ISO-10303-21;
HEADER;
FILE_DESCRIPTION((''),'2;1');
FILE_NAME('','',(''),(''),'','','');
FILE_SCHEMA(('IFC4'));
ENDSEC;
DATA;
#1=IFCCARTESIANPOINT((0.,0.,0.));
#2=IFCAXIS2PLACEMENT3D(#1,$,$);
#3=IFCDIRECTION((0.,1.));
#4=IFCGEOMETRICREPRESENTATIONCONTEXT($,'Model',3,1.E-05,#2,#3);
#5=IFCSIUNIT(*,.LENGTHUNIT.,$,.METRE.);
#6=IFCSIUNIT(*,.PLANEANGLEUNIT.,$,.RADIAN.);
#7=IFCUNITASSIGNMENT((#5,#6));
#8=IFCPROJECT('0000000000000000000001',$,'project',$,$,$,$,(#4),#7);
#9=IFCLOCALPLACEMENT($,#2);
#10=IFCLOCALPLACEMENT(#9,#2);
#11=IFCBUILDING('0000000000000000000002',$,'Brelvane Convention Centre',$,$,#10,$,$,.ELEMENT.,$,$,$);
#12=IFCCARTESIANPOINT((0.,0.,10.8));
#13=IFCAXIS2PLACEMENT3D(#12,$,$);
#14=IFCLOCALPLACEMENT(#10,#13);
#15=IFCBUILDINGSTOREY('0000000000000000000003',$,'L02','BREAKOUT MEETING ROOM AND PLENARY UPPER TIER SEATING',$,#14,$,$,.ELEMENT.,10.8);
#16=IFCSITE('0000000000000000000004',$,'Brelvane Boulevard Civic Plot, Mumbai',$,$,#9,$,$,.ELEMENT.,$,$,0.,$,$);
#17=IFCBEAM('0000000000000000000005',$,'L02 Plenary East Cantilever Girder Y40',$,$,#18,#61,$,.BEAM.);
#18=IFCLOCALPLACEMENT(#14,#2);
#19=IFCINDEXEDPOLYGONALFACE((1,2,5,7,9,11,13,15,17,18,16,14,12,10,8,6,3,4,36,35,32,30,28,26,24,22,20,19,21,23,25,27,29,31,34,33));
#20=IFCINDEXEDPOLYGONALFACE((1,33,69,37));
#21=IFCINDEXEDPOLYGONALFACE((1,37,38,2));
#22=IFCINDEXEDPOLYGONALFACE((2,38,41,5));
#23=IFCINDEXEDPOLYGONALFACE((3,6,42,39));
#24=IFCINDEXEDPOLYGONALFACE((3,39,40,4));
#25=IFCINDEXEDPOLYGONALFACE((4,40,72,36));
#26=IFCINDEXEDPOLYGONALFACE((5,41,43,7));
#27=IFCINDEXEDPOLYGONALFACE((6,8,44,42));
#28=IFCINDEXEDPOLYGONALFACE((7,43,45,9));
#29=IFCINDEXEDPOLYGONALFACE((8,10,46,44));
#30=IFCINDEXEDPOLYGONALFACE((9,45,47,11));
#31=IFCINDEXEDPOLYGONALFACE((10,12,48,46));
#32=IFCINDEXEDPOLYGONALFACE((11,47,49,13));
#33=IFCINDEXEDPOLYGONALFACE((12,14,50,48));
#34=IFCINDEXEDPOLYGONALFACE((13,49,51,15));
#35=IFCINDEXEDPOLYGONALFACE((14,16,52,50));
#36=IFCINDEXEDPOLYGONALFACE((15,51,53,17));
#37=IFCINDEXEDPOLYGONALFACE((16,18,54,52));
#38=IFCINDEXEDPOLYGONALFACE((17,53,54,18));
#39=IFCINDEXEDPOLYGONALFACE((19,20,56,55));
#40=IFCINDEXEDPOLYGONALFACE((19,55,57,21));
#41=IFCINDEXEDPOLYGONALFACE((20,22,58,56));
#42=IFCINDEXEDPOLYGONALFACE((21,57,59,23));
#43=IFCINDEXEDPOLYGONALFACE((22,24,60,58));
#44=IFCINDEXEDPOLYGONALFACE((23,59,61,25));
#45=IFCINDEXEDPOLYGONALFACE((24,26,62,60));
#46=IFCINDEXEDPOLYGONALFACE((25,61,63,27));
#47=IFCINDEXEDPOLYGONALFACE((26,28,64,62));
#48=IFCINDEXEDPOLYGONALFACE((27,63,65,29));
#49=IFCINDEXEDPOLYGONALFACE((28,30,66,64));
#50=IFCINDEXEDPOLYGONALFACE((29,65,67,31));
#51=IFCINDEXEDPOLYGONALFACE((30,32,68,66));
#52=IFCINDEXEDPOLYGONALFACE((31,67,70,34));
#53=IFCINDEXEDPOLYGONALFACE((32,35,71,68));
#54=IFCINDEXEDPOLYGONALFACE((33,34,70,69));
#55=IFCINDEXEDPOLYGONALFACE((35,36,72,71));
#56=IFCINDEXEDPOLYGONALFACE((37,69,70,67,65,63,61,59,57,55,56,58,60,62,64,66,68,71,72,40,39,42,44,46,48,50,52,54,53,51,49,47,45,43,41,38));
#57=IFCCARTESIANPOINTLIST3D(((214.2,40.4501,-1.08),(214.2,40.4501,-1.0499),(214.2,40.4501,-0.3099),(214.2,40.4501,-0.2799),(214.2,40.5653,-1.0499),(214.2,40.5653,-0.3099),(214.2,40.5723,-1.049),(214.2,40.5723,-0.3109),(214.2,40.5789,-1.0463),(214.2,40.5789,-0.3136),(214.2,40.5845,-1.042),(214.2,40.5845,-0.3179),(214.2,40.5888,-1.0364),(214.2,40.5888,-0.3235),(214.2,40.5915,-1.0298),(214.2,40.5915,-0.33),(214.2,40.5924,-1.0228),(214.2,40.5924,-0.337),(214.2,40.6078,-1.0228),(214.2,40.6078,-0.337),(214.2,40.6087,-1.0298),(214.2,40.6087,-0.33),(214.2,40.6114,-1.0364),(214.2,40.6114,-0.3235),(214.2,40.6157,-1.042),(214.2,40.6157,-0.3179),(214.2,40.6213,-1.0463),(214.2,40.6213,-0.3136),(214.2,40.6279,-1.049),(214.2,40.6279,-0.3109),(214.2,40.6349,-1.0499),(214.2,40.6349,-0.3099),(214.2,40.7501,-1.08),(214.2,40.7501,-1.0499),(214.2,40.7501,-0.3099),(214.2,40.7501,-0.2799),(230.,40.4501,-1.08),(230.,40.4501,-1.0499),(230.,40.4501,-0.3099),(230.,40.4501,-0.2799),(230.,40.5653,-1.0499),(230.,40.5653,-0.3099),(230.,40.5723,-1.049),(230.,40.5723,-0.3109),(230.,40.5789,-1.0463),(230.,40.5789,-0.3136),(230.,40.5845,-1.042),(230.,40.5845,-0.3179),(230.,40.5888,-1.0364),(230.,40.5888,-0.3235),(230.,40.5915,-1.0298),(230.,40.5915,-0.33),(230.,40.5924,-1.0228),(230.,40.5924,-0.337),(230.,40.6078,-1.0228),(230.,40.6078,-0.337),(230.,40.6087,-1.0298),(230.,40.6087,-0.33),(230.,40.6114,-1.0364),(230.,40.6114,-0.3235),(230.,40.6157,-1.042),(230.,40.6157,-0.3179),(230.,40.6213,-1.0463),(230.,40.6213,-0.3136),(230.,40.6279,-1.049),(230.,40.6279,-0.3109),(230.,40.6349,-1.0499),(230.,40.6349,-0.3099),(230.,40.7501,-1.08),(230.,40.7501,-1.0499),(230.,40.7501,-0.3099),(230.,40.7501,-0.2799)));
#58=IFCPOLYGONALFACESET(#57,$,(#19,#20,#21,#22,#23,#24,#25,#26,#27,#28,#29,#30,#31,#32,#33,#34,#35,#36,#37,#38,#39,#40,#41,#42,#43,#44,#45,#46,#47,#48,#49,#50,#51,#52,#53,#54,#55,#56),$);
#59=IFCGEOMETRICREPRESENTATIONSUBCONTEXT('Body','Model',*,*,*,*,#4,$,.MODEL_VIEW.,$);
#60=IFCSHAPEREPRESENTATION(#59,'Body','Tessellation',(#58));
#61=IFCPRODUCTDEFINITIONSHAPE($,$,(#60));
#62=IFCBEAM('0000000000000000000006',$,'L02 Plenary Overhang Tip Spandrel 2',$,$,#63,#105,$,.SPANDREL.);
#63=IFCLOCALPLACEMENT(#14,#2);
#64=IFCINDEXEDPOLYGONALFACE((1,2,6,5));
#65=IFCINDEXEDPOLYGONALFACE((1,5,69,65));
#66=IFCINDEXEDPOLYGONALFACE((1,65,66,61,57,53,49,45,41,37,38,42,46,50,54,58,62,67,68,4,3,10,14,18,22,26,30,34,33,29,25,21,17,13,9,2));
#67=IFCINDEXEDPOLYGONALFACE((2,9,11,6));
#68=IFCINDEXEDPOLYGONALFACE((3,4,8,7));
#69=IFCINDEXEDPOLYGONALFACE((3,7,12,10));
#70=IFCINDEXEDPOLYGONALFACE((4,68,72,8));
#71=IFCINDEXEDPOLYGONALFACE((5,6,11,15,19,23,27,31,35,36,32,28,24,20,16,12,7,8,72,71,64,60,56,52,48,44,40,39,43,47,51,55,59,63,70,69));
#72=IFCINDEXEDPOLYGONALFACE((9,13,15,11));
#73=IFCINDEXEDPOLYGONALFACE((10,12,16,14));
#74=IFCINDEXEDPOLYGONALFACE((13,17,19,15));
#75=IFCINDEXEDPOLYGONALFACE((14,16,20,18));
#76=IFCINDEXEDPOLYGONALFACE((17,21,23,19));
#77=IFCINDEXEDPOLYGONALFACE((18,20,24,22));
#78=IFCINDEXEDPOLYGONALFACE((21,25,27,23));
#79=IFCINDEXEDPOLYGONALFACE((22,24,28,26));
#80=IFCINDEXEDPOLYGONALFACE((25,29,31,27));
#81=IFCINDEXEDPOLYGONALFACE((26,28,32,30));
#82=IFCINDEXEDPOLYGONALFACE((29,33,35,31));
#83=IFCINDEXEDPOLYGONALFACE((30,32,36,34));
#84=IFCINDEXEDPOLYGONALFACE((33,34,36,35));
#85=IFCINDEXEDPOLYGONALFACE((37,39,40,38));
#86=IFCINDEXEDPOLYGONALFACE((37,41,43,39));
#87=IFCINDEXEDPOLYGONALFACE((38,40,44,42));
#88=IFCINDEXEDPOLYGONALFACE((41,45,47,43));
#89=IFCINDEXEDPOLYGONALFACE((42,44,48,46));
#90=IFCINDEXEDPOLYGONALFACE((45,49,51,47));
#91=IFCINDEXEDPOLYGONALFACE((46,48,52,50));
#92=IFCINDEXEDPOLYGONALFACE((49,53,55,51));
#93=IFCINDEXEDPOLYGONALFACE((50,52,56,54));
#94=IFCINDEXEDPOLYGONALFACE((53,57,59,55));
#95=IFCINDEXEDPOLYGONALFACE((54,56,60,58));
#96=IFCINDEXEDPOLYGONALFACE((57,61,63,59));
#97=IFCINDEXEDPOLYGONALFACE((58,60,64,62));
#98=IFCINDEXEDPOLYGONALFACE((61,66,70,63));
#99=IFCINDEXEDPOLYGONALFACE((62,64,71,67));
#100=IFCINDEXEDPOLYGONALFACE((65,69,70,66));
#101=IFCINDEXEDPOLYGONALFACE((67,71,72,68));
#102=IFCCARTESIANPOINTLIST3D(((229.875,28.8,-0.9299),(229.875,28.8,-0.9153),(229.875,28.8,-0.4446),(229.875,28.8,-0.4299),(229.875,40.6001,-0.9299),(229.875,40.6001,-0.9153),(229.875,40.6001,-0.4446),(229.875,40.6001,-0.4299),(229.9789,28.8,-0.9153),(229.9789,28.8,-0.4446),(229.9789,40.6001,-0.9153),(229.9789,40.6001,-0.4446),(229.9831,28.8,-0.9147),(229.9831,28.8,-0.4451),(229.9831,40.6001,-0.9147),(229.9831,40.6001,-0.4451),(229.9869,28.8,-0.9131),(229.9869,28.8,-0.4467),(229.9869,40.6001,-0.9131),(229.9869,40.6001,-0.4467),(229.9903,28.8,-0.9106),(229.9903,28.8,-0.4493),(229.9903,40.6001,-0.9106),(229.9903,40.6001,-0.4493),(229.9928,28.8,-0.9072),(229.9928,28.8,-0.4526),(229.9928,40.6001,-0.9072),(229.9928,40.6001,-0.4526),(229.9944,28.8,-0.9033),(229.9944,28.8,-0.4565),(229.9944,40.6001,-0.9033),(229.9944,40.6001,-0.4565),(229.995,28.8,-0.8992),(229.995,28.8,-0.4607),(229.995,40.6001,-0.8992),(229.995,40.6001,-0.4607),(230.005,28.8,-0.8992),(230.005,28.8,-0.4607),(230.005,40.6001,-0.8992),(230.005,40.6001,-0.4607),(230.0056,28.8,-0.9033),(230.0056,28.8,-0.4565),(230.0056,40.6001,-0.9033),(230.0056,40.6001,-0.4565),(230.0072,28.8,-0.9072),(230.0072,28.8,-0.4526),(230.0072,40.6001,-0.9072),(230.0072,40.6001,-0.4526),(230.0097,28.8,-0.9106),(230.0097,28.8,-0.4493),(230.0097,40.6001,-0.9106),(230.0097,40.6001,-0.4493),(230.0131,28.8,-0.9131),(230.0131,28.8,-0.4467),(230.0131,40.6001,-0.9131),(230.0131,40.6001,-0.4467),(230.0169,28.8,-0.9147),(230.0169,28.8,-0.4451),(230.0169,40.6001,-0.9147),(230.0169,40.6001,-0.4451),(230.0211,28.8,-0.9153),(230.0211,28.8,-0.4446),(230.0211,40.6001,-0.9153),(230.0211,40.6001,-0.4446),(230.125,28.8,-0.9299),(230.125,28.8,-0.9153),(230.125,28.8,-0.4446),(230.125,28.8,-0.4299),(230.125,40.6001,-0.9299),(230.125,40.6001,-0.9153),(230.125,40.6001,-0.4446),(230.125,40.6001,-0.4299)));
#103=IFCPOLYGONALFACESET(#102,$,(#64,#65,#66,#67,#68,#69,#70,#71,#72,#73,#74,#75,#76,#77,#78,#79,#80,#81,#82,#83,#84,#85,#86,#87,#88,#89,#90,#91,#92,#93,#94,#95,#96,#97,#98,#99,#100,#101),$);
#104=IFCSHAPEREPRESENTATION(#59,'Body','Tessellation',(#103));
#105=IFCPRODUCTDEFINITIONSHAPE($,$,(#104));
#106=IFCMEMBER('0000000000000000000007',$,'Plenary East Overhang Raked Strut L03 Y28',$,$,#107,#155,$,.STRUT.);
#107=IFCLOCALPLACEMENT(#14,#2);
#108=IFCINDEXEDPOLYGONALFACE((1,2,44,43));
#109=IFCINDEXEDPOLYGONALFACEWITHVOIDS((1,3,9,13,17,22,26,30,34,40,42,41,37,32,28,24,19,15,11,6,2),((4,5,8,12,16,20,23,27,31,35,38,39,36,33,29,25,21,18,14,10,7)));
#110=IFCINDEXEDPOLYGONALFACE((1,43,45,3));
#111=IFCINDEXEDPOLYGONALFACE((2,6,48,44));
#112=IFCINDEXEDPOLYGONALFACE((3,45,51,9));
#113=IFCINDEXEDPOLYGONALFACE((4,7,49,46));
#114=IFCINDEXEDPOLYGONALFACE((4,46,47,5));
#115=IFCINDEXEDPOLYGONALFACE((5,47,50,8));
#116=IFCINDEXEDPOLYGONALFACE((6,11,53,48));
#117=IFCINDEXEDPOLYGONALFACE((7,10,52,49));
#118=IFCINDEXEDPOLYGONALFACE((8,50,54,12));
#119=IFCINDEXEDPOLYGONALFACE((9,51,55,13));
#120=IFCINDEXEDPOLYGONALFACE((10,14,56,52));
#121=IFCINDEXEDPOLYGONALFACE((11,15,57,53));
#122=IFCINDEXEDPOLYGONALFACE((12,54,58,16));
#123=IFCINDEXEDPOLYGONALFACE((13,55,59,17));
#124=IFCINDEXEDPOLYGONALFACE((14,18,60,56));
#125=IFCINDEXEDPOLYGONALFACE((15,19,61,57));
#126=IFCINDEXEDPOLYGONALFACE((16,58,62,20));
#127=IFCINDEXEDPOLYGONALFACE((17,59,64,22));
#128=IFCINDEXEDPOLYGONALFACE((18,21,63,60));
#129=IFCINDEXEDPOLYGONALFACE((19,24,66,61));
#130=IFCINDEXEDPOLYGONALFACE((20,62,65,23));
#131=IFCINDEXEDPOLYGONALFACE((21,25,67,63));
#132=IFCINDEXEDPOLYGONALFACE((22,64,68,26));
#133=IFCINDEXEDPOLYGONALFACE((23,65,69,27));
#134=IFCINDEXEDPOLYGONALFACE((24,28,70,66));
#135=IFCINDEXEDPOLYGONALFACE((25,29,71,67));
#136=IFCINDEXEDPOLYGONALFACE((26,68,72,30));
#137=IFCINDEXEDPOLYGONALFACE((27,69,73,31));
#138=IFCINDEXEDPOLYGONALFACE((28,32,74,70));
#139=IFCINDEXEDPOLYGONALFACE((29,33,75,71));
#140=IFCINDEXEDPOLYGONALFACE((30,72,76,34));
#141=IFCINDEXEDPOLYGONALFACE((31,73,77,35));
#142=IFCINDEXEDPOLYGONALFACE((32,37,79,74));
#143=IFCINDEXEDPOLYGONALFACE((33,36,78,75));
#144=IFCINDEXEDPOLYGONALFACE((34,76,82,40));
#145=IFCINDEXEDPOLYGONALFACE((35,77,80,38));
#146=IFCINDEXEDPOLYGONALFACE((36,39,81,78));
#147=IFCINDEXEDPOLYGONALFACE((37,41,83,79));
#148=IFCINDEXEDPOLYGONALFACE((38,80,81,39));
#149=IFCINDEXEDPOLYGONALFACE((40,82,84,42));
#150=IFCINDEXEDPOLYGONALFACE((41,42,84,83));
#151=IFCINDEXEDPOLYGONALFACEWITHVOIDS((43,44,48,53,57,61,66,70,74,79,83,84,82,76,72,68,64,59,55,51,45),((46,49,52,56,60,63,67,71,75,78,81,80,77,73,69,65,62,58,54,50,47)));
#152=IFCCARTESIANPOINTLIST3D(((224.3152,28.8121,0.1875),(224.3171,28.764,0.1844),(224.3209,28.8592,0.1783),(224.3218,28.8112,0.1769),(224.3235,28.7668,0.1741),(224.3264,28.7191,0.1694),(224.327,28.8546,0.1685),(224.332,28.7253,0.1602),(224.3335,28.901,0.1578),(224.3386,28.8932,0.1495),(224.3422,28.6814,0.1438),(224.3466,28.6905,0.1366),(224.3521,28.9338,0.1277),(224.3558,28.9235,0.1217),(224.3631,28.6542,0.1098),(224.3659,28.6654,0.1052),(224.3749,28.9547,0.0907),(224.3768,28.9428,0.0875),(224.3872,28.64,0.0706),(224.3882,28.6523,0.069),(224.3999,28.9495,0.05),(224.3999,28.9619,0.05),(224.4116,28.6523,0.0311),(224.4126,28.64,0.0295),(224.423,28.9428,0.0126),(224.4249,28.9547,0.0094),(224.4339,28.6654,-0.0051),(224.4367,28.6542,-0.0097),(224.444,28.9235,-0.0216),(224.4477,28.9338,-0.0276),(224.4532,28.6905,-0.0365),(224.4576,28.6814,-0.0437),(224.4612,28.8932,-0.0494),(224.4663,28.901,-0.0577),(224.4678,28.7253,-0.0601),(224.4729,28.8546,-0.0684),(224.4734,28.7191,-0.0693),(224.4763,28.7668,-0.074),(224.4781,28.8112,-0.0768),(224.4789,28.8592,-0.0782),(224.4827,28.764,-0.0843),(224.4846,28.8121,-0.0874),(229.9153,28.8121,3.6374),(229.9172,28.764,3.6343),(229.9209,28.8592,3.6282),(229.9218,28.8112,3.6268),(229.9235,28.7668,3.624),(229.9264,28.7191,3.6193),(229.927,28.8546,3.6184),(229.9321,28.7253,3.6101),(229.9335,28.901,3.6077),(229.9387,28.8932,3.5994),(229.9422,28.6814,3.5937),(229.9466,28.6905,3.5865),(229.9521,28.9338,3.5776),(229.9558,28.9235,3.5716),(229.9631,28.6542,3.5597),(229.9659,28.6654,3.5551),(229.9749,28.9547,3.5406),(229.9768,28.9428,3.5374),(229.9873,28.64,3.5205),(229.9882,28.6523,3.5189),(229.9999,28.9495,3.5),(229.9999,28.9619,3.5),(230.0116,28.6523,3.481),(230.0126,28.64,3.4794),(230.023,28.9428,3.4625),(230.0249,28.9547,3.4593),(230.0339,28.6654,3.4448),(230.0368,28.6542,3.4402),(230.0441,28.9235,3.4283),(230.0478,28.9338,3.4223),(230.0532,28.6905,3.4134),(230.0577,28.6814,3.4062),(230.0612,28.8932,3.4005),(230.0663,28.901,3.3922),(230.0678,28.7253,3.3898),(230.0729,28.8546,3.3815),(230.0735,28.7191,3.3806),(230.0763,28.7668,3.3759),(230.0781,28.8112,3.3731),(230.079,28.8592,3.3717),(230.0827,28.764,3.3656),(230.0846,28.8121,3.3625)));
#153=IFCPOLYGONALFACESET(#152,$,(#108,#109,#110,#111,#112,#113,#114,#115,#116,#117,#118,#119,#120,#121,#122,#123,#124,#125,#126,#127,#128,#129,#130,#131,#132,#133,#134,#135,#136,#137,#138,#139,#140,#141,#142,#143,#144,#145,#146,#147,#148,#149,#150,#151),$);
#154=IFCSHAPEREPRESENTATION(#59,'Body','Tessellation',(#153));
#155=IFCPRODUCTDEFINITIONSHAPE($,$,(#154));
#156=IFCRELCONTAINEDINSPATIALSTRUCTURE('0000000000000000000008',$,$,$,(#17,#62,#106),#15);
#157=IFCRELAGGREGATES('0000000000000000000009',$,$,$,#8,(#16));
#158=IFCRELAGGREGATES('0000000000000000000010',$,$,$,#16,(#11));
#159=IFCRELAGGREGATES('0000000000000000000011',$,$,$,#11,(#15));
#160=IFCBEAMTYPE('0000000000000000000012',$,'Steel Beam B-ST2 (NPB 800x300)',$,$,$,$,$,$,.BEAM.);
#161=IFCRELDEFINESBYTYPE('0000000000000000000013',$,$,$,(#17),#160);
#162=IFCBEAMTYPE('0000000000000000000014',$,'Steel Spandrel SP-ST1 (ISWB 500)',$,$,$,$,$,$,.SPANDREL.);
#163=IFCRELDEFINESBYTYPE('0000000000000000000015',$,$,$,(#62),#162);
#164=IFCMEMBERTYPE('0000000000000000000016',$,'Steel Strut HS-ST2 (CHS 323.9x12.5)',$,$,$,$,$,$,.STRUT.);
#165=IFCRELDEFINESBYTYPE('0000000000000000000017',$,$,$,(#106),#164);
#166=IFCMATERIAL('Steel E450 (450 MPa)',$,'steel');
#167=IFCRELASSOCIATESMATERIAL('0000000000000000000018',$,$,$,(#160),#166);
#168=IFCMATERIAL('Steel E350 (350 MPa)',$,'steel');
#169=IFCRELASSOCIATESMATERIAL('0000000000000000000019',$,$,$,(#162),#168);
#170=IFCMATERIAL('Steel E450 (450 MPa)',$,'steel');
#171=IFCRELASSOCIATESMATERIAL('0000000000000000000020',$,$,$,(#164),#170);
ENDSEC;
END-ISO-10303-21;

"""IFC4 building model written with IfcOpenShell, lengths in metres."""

from ifc_helpers import new_model, si_unit, direction, frame, origin, origin_2d, place, context, subcontext, project, spatial, hollow_circle, i_section, extrude, material, material_profile, profile_set, type_object, element, save


model = new_model("IFC4")

# Units and contexts
model_context = context("Model", 3, precision=1e-05, world=origin(), true_north=direction((0.0, 1.0)))
body_context = subcontext(model_context, "Body", "Model", "MODEL_VIEW")
ifc_project = project(units=[si_unit("LENGTHUNIT", "METRE"), si_unit("PLANEANGLEUNIT", "RADIAN")], contexts=[model_context])

# Site, building, storey
site_placement = place(None, origin())
site = spatial("IfcSite", under=ifc_project, at=site_placement, Name="Brelvane Boulevard Civic Plot, Mumbai", CompositionType="ELEMENT", RefElevation=0.0)
building_placement = place(site_placement, origin())
building = spatial("IfcBuilding", under=site, at=building_placement, Name="Brelvane Convention Centre", CompositionType="ELEMENT")
storey_placement = place(building_placement, frame((0.0, 0.0, 10.8)))
storey = spatial("IfcBuildingStorey", under=building, at=storey_placement, Name="L02", Description="BREAKOUT MEETING ROOM AND PLENARY UPPER TIER SEATING", CompositionType="ELEMENT", Elevation=10.8)

# Beams
ifc_material_1 = material(Name="Steel E450 (450 MPa)", Category="steel")
ifc_material_profile_1 = material_profile(ifc_material_1, i_section(OverallWidth=0.3, OverallDepth=0.8, WebThickness=0.0154, FlangeThickness=0.03, FilletRadius=0.0271, at=origin_2d()), Name="NPB 800x300")
ifc_profile_set_1 = profile_set([ifc_material_profile_1], Name="Steel E450 (450 MPa)")
beam_type_1 = type_object("IfcBeamType", Name="Steel Beam B-ST2 (NPB 800x300)", PredefinedType="BEAM", material=ifc_profile_set_1)
for number, where, z_axis, x_axis, name in (
    (1, (214.2, 40.6001, -0.6799), (1.0, 0.0, 0.0), (0.0, 1.0, 0.0), "L02 Plenary East Cantilever Girder Y40"),
):
    element("IfcBeam", number, at=place(storey_placement, frame(where, z_axis=z_axis, x_axis=x_axis)), inside=storey, type_object=beam_type_1, Name=name, PredefinedType="BEAM", context=body_context, shape_type="SweptSolid", body=[
        extrude(i_section(OverallWidth=0.3, OverallDepth=0.8, WebThickness=0.0154, FlangeThickness=0.03, FilletRadius=0.0271, at=origin_2d()), origin(), (0.0, 0.0, 1.0), 15.8),
    ])
ifc_material_2 = material(Name="Steel E350 (350 MPa)", Category="steel")
ifc_material_profile_2 = material_profile(ifc_material_2, i_section(OverallWidth=0.25, OverallDepth=0.5, WebThickness=0.01, FlangeThickness=0.0146, FilletRadius=0.0161, at=origin_2d()), Name="ISWB 500")
ifc_profile_set_2 = profile_set([ifc_material_profile_2], Name="Steel E350 (350 MPa)")
beam_type_2 = type_object("IfcBeamType", Name="Steel Spandrel SP-ST1 (ISWB 500)", PredefinedType="SPANDREL", material=ifc_profile_set_2)
beam_1_placement = place(storey_placement, frame((230.0, 28.8, -0.6799), z_axis=(0.0, 1.0, 0.0), x_axis=(-1.0, 0.0, 0.0)))
element("IfcBeam", 2, at=beam_1_placement, inside=storey, type_object=beam_type_2, Name="L02 Plenary Overhang Tip Spandrel 2", PredefinedType="SPANDREL", context=body_context, shape_type="SweptSolid", body=[
    extrude(i_section(OverallWidth=0.25, OverallDepth=0.5, WebThickness=0.01, FlangeThickness=0.0146, FilletRadius=0.0161, at=origin_2d()), origin(), (0.0, 0.0, 1.0), 11.8),
])

# Member
ifc_material_3 = material(Name="Steel E450 (450 MPa)", Category="steel")
ifc_material_profile_3 = material_profile(ifc_material_3, hollow_circle(Radius=0.1619, WallThickness=0.0125, at=origin_2d()), Name="CHS 323.9x12.5")
ifc_profile_set_3 = profile_set([ifc_material_profile_3], Name="Steel E450 (450 MPa)")
member_type_1 = type_object("IfcMemberType", Name="Steel Strut HS-ST2 (CHS 323.9x12.5)", PredefinedType="STRUT", material=ifc_profile_set_3)
for number, where, z_axis, x_axis, name in (
    (3, (224.3999, 28.8, 0.05), (0.851405, 0.0, 0.524509), (0.0, 1.0, 0.0), "Plenary East Overhang Raked Strut L03 Y28"),
):
    element("IfcMember", number, at=place(storey_placement, frame(where, z_axis=z_axis, x_axis=x_axis)), inside=storey, type_object=member_type_1, Name=name, PredefinedType="STRUT", context=body_context, shape_type="SweptSolid", body=[
        extrude(hollow_circle(Radius=0.1619, WallThickness=0.0125, at=origin_2d()), origin(), (0.0, 0.0, 1.0), 6.5774),
    ])

save(model, "model.ifc")
